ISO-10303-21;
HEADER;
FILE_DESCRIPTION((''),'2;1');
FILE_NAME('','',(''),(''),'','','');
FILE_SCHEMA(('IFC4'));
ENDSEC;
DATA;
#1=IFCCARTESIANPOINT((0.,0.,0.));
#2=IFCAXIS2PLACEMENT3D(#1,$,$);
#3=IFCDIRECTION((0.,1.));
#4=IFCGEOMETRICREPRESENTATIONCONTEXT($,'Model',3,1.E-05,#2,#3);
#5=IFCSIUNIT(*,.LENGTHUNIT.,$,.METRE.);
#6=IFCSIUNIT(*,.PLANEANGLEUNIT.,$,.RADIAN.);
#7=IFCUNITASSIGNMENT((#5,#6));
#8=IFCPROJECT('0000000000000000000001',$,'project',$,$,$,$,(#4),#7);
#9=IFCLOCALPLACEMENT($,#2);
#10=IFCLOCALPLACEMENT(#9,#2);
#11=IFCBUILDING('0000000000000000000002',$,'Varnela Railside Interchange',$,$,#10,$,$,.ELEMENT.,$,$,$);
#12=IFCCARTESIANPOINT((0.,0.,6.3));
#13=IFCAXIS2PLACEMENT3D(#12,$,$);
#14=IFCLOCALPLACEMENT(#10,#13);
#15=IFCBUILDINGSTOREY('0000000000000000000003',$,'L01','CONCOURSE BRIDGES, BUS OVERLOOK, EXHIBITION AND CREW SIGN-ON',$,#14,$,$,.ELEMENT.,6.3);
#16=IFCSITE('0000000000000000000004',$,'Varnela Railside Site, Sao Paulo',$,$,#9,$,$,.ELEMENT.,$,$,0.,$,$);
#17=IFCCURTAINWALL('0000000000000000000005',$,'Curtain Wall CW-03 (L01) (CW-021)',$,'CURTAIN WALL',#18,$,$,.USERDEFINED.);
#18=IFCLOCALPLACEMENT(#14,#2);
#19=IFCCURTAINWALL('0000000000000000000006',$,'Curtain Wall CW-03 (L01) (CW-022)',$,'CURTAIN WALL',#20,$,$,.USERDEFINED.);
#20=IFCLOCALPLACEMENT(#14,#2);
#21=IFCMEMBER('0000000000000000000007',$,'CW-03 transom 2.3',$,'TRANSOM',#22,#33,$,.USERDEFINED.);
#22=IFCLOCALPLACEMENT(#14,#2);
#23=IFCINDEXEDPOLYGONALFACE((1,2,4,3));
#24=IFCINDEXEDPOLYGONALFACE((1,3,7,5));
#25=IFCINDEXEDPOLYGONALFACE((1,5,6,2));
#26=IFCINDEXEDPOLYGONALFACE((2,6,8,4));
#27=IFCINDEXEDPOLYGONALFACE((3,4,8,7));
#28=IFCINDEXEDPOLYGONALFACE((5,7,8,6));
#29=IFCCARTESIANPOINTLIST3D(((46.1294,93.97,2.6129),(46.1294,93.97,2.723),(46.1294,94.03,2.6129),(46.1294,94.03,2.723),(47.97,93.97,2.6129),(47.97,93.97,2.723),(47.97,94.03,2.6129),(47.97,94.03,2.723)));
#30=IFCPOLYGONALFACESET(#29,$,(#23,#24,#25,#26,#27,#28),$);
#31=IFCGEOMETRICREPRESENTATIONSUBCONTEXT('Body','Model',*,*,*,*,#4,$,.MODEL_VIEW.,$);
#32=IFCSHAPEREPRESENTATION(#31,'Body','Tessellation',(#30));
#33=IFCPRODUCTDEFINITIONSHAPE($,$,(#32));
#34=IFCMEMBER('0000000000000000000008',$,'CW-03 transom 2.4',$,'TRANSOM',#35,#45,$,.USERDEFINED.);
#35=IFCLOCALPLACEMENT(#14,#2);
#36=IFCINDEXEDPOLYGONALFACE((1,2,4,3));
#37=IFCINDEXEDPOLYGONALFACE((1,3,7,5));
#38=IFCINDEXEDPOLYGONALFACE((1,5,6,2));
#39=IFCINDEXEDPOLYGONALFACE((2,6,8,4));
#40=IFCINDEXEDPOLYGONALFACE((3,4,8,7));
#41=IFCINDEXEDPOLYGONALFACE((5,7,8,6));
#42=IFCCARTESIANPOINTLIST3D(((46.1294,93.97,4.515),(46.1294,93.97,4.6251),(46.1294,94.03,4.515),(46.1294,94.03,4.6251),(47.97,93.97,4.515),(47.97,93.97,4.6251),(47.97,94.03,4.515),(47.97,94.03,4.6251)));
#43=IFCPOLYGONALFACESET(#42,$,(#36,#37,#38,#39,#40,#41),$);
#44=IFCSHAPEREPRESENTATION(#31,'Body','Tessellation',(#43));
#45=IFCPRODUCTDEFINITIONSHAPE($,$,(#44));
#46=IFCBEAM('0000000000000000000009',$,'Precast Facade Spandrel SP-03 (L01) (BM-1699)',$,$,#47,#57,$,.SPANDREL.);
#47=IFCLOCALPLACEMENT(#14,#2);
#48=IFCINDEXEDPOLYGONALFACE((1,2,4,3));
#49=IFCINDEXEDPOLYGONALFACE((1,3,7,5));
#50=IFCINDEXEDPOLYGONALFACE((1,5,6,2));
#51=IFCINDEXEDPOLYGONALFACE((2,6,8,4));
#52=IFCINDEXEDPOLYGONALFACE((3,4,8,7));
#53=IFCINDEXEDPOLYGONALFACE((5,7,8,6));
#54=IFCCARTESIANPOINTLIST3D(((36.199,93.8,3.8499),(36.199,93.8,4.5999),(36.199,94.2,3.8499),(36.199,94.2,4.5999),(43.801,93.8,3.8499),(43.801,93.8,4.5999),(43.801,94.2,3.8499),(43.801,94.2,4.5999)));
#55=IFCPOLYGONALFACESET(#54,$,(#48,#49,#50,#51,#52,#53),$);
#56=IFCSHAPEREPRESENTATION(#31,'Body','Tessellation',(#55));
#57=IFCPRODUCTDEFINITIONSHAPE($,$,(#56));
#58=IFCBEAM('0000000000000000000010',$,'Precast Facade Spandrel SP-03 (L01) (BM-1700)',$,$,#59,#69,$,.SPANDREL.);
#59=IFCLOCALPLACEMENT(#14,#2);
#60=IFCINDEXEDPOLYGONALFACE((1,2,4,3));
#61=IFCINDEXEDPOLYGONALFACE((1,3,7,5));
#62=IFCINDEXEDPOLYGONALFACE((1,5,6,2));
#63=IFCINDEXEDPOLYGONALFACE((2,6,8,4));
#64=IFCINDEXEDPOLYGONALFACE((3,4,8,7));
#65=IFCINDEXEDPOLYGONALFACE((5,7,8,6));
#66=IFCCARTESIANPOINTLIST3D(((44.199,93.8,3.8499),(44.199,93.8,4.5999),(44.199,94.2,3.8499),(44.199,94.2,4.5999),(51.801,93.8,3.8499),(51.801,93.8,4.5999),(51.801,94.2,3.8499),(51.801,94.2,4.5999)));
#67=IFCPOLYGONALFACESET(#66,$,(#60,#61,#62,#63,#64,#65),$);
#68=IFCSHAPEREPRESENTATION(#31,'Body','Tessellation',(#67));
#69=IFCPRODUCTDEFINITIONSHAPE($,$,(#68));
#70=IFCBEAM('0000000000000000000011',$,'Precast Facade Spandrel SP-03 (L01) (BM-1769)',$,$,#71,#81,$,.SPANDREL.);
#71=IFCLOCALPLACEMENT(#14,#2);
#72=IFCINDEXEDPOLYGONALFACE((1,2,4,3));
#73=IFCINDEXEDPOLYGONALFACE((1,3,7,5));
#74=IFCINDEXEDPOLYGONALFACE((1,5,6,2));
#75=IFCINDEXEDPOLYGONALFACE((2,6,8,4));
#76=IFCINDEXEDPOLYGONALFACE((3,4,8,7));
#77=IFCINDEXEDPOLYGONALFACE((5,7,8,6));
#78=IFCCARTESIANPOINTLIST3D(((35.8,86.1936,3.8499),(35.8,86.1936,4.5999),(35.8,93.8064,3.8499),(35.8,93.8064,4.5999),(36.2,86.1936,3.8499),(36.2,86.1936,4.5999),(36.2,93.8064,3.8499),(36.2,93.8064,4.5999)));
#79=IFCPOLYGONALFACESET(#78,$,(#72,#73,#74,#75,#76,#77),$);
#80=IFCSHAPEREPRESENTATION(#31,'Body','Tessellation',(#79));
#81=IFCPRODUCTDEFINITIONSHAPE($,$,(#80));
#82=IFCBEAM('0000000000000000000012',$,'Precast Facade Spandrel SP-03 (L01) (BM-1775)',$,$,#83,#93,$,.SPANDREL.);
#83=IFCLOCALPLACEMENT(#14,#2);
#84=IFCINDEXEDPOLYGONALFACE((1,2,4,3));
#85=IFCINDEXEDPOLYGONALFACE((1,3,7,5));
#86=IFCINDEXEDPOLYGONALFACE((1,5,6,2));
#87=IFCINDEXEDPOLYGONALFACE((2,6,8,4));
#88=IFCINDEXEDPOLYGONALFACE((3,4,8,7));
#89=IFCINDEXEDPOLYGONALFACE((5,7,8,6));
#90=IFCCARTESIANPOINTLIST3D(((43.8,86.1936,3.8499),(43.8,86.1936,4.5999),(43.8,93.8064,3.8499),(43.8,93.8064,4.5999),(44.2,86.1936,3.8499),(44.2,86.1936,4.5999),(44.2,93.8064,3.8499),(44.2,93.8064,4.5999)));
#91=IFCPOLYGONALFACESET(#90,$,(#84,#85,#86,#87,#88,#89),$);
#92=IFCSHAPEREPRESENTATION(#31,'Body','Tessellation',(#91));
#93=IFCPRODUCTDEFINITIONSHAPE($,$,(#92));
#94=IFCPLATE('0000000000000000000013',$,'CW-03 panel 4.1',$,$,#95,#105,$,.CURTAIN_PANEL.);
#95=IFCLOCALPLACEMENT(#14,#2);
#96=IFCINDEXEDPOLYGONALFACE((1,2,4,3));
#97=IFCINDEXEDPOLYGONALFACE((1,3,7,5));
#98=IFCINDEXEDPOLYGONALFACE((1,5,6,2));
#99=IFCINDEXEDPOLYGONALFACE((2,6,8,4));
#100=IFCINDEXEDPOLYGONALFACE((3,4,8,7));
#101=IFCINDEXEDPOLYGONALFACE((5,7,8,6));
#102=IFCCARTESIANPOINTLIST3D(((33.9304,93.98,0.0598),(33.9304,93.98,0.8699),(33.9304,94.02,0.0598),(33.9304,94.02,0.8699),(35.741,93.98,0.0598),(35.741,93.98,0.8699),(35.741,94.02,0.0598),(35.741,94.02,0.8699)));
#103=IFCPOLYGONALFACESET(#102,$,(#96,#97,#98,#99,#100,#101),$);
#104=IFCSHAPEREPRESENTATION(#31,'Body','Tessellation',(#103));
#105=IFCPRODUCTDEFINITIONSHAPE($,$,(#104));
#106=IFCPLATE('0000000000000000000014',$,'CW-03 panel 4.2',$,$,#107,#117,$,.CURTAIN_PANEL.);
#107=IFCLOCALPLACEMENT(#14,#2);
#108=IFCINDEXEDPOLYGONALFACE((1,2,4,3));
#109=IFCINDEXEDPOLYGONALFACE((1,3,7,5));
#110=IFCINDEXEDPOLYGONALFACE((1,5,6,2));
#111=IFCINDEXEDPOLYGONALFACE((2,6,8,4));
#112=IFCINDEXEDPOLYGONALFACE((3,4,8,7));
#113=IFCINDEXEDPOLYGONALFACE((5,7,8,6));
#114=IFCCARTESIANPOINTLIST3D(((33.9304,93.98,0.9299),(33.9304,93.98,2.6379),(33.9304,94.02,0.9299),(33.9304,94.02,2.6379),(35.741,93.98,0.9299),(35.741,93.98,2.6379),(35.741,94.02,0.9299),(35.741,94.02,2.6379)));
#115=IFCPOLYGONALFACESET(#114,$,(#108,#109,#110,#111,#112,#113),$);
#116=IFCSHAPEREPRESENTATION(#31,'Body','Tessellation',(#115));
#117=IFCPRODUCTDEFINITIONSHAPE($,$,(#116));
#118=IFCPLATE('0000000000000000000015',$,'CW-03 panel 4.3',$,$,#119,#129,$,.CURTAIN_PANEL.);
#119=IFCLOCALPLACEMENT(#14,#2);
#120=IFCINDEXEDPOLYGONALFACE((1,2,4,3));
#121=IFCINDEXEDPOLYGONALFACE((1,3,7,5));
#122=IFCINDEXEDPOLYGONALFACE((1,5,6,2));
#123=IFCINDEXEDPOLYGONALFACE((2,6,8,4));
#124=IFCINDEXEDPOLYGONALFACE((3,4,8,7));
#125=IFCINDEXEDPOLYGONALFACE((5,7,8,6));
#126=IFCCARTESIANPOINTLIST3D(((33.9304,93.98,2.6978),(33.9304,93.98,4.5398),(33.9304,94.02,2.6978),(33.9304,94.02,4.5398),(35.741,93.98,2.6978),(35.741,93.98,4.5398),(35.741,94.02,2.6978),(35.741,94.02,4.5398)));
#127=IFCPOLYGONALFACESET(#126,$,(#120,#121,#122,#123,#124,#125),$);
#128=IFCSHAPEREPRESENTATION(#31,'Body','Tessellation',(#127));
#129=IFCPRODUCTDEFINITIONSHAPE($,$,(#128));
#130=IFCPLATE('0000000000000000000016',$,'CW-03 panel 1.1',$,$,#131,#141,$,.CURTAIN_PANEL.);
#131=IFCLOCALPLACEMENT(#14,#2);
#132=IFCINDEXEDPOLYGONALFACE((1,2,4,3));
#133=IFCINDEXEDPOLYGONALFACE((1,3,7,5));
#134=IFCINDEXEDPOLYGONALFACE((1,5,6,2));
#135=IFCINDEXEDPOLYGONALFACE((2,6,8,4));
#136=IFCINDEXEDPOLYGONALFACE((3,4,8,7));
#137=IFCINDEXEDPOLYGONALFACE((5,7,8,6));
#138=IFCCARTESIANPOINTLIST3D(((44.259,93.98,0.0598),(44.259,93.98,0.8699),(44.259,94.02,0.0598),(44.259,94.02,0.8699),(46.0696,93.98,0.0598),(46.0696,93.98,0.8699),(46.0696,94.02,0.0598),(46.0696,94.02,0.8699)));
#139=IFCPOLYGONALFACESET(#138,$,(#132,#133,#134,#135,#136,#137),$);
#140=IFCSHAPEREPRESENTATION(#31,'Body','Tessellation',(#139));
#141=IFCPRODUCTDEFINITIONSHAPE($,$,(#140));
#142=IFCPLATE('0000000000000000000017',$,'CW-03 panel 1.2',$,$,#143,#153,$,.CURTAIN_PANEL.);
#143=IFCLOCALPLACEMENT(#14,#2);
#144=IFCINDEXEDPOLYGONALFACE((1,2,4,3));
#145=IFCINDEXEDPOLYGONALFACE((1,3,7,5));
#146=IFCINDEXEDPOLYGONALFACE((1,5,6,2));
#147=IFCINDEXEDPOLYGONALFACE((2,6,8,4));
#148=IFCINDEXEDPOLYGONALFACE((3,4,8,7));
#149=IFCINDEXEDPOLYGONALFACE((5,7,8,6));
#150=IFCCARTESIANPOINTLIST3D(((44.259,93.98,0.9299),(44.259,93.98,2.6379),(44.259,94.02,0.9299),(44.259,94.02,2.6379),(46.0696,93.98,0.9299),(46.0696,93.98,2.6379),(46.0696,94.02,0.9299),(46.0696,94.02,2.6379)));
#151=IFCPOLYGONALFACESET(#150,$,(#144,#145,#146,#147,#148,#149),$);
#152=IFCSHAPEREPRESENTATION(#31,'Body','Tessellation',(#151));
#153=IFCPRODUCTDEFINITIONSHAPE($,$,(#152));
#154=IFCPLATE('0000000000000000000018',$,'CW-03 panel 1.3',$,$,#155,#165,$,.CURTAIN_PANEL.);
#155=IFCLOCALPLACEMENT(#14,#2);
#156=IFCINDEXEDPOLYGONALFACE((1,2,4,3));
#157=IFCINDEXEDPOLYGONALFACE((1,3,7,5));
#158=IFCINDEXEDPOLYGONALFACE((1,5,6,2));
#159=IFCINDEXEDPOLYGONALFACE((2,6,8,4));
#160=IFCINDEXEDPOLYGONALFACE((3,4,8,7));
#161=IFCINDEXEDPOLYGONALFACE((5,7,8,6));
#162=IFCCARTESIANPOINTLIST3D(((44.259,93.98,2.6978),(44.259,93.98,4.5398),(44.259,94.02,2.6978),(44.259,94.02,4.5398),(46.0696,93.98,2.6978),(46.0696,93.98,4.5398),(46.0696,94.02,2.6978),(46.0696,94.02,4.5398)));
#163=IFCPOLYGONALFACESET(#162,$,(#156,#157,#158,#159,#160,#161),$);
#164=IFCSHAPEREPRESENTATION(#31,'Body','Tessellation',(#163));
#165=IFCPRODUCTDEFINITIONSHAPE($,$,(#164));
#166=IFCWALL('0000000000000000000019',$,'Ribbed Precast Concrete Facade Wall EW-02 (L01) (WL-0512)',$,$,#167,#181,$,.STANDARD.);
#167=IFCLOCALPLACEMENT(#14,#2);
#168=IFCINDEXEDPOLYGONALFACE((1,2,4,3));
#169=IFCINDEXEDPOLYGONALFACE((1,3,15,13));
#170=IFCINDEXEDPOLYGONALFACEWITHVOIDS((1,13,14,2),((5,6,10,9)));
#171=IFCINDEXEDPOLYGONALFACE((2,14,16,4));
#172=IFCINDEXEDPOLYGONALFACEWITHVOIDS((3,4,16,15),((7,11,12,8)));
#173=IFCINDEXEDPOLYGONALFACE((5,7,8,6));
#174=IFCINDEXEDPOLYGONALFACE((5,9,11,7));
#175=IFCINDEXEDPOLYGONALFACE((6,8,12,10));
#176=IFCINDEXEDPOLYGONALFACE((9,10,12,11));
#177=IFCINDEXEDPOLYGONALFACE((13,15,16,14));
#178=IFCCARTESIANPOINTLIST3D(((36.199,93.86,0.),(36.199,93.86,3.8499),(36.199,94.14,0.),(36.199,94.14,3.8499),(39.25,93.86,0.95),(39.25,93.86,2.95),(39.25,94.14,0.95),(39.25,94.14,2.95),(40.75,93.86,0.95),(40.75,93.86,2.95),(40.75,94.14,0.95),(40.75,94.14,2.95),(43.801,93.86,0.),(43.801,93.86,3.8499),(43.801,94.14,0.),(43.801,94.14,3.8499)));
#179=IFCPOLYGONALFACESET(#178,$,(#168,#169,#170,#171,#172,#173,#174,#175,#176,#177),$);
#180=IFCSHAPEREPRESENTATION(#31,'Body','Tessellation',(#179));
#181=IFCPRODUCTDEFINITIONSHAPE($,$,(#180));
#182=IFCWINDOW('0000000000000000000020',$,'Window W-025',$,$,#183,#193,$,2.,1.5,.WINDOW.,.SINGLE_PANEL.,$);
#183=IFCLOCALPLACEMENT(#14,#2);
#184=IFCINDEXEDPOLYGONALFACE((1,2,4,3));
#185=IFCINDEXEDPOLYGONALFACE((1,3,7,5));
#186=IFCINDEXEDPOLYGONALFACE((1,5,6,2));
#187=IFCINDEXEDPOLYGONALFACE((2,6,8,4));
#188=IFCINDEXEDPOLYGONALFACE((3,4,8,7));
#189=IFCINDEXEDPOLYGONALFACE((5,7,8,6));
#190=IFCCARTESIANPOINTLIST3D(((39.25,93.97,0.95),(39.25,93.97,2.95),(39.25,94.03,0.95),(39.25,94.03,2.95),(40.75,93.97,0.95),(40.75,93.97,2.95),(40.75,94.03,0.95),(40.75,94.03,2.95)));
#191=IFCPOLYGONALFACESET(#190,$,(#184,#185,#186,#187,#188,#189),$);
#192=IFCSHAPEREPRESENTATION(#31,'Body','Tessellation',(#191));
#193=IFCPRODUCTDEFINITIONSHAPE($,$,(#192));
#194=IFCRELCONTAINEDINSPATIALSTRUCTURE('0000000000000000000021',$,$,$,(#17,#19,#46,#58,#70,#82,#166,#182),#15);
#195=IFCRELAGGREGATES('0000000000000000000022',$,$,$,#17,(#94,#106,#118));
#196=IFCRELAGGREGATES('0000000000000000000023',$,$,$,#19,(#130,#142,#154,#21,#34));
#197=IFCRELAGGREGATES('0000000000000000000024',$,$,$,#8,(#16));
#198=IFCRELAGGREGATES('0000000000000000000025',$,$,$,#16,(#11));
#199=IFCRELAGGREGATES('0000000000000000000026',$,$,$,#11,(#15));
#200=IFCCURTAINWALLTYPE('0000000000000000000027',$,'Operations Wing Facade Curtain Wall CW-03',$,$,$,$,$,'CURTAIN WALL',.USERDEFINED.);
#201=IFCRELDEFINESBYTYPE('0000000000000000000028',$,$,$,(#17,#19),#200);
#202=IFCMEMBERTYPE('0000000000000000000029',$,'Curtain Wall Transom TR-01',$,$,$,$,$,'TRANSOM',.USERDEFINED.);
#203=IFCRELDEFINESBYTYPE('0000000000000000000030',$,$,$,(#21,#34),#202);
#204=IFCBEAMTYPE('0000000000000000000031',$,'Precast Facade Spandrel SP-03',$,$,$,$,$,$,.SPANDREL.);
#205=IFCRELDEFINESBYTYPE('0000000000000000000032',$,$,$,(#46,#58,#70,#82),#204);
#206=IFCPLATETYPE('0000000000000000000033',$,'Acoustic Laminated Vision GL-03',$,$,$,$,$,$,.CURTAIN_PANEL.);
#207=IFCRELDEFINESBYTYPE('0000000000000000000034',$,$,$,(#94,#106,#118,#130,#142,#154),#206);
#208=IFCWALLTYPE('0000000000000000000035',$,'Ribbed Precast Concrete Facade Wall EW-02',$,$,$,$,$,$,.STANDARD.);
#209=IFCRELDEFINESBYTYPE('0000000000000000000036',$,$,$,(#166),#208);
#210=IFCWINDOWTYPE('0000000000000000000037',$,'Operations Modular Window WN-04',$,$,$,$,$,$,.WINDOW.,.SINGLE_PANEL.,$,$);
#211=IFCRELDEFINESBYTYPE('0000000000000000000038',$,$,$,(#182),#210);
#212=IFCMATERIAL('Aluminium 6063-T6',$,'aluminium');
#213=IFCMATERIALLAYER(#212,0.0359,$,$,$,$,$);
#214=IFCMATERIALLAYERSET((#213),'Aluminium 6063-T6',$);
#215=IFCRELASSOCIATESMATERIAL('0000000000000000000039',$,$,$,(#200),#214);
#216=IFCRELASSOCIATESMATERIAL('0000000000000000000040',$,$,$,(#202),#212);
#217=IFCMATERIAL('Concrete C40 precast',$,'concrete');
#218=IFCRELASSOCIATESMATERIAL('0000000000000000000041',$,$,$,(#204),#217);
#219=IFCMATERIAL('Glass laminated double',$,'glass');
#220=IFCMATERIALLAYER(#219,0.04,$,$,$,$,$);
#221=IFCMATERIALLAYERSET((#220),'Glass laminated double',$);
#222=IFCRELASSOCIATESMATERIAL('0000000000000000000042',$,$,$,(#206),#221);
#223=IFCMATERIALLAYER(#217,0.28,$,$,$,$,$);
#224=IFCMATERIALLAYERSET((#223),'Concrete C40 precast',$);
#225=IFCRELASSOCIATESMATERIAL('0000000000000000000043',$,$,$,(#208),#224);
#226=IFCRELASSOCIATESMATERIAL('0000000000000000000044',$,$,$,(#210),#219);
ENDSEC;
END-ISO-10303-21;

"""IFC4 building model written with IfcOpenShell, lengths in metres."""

from ifc_helpers import new_model, si_unit, direction, frame, frame_2d, origin, origin_2d, place, context, subcontext, project, spatial, rectangle, extrude, material, layer, layer_set, material_profile, profile_set, type_object, element, fill, aggregate, save


model = new_model("IFC4")

# Units and contexts
model_context = context("Model", 3, precision=1e-05, world=origin(), true_north=direction((0.0, 1.0)))
body_context = subcontext(model_context, "Body", "Model", "MODEL_VIEW")
ifc_project = project(units=[si_unit("LENGTHUNIT", "METRE"), si_unit("PLANEANGLEUNIT", "RADIAN")], contexts=[model_context])

# Site, building, storey
site_placement = place(None, origin())
site = spatial("IfcSite", under=ifc_project, at=site_placement, Name="Varnela Railside Site, Sao Paulo", CompositionType="ELEMENT", RefElevation=0.0)
building_placement = place(site_placement, origin())
building = spatial("IfcBuilding", under=site, at=building_placement, Name="Varnela Railside Interchange", CompositionType="ELEMENT")
storey_placement = place(building_placement, frame((0.0, 0.0, 6.3)))
storey = spatial("IfcBuildingStorey", under=building, at=storey_placement, Name="L01", Description="CONCOURSE BRIDGES, BUS OVERLOOK, EXHIBITION AND CREW SIGN-ON", CompositionType="ELEMENT", Elevation=6.3)

# Curtain wall
ifc_material_1 = material(Name="Aluminium 6063-T6", Category="aluminium")
ifc_layer_1 = layer(ifc_material_1, 0.0359)
ifc_layer_set_1 = layer_set([ifc_layer_1], Name="Aluminium 6063-T6")
curtain_wall_type = type_object("IfcCurtainWallType", Name="Operations Wing Facade Curtain Wall CW-03", ElementType="CURTAIN WALL", PredefinedType="USERDEFINED", material=ifc_layer_set_1)
curtain_wall_1_placement = place(storey_placement, origin())
curtain_wall_1 = element("IfcCurtainWall", 1, at=curtain_wall_1_placement, inside=storey, type_object=curtain_wall_type, Name="Curtain Wall CW-03 (L01) (CW-021)", ObjectType="CURTAIN WALL", PredefinedType="USERDEFINED")

# Curtain wall
curtain_wall_2_placement = place(storey_placement, origin())
curtain_wall_2 = element("IfcCurtainWall", 2, at=curtain_wall_2_placement, inside=storey, type_object=curtain_wall_type, Name="Curtain Wall CW-03 (L01) (CW-022)", ObjectType="CURTAIN WALL", PredefinedType="USERDEFINED")

# Members
ifc_material_profile_1 = material_profile(ifc_material_1, rectangle(XDim=0.0601, YDim=0.1101, at=origin_2d()), Name="ALU 60x110")
ifc_profile_set_1 = profile_set([ifc_material_profile_1], Name="Aluminium 6063-T6")
member_type_1 = type_object("IfcMemberType", Name="Curtain Wall Transom TR-01", ElementType="TRANSOM", PredefinedType="USERDEFINED", material=ifc_profile_set_1)
member_1_placement = place(storey_placement, frame((46.1294, 94.0, 2.668), z_axis=(1.0, 0.0, 0.0), x_axis=(0.0, 1.0, 0.0)))
member_1 = element("IfcMember", 3, at=member_1_placement, type_object=member_type_1, Name="CW-03 transom 2.3", ObjectType="TRANSOM", PredefinedType="USERDEFINED", context=body_context, shape_type="SweptSolid", body=[
    extrude(rectangle(XDim=0.0601, YDim=0.1101, at=origin_2d()), origin(), (0.0, 0.0, 1.0), 1.8406),
])
member_2_placement = place(storey_placement, frame((46.1294, 94.0, 4.5701), z_axis=(1.0, 0.0, 0.0), x_axis=(0.0, 1.0, 0.0)))
member_2 = element("IfcMember", 4, at=member_2_placement, type_object=member_type_1, Name="CW-03 transom 2.4", ObjectType="TRANSOM", PredefinedType="USERDEFINED", context=body_context, shape_type="SweptSolid", body=[
    extrude(rectangle(XDim=0.0601, YDim=0.1101, at=origin_2d()), origin(), (0.0, 0.0, 1.0), 1.8406),
])

# Beams
ifc_material_2 = material(Name="Concrete C40 precast", Category="concrete")
ifc_material_profile_2 = material_profile(ifc_material_2, rectangle(XDim=0.3999, YDim=0.75, at=origin_2d()), Name="PC 400x750")
ifc_profile_set_2 = profile_set([ifc_material_profile_2], Name="Concrete C40 precast")
beam_type = type_object("IfcBeamType", Name="Precast Facade Spandrel SP-03", PredefinedType="SPANDREL", material=ifc_profile_set_2)
for number, where, z_axis, x_axis, name in (
    (5, (36.199, 94.0, 4.2249), (1.0, 0.0, 0.0), (0.0, 1.0, 0.0), "Precast Facade Spandrel SP-03 (L01) (BM-1699)"),
    (6, (44.199, 94.0, 4.2249), (1.0, 0.0, 0.0), (0.0, 1.0, 0.0), "Precast Facade Spandrel SP-03 (L01) (BM-1700)"),
):
    element("IfcBeam", number, at=place(storey_placement, frame(where, z_axis=z_axis, x_axis=x_axis)), inside=storey, type_object=beam_type, Name=name, PredefinedType="SPANDREL", context=body_context, shape_type="SweptSolid", body=[
        extrude(rectangle(XDim=0.3999, YDim=0.75, at=origin_2d()), origin(), (0.0, 0.0, 1.0), 7.6021),
    ])
for number, where, z_axis, x_axis, name in (
    (7, (36.0, 86.1936, 4.2249), (0.0, 1.0, 0.0), (-1.0, 0.0, 0.0), "Precast Facade Spandrel SP-03 (L01) (BM-1769)"),
    (8, (44.0, 86.1936, 4.2249), (0.0, 1.0, 0.0), (-1.0, 0.0, 0.0), "Precast Facade Spandrel SP-03 (L01) (BM-1775)"),
):
    element("IfcBeam", number, at=place(storey_placement, frame(where, z_axis=z_axis, x_axis=x_axis)), inside=storey, type_object=beam_type, Name=name, PredefinedType="SPANDREL", context=body_context, shape_type="SweptSolid", body=[
        extrude(rectangle(XDim=0.3999, YDim=0.75, at=origin_2d()), origin(), (0.0, 0.0, 1.0), 7.6128),
    ])

# Plates
ifc_material_3 = material(Name="Glass laminated double", Category="glass")
ifc_layer_2 = layer(ifc_material_3, 0.04)
ifc_layer_set_2 = layer_set([ifc_layer_2], Name="Glass laminated double")
plate_type = type_object("IfcPlateType", Name="Acoustic Laminated Vision GL-03", PredefinedType="CURTAIN_PANEL", material=ifc_layer_set_2)
plate_1_placement = place(storey_placement, frame((34.8357, 94.0, 0.0598), z_axis=(0.0, 0.0, 1.0), x_axis=(1.0, 0.0, 0.0)))
plate_1 = element("IfcPlate", 9, at=plate_1_placement, type_object=plate_type, Name="CW-03 panel 4.1", PredefinedType="CURTAIN_PANEL", context=body_context, shape_type="SweptSolid", body=[
    extrude(rectangle(XDim=1.8105, YDim=0.04, at=origin_2d()), origin(), (0.0, 0.0, 1.0), 0.8101),
])
plate_2_placement = place(storey_placement, frame((34.8357, 94.0, 0.9299), z_axis=(0.0, 0.0, 1.0), x_axis=(1.0, 0.0, 0.0)))
plate_2 = element("IfcPlate", 10, at=plate_2_placement, type_object=plate_type, Name="CW-03 panel 4.2", PredefinedType="CURTAIN_PANEL", context=body_context, shape_type="SweptSolid", body=[
    extrude(rectangle(XDim=1.8105, YDim=0.04, at=origin_2d()), origin(), (0.0, 0.0, 1.0), 1.708),
])
plate_3_placement = place(storey_placement, frame((34.8357, 94.0, 2.6978), z_axis=(0.0, 0.0, 1.0), x_axis=(1.0, 0.0, 0.0)))
plate_3 = element("IfcPlate", 11, at=plate_3_placement, type_object=plate_type, Name="CW-03 panel 4.3", PredefinedType="CURTAIN_PANEL", context=body_context, shape_type="SweptSolid", body=[
    extrude(rectangle(XDim=1.8105, YDim=0.04, at=origin_2d()), origin(), (0.0, 0.0, 1.0), 1.842),
])
aggregate(curtain_wall_1, [plate_1, plate_2, plate_3])
plate_4_placement = place(storey_placement, frame((45.1643, 94.0, 0.0598), z_axis=(0.0, 0.0, 1.0), x_axis=(1.0, 0.0, 0.0)))
plate_4 = element("IfcPlate", 12, at=plate_4_placement, type_object=plate_type, Name="CW-03 panel 1.1", PredefinedType="CURTAIN_PANEL", context=body_context, shape_type="SweptSolid", body=[
    extrude(rectangle(XDim=1.8105, YDim=0.04, at=origin_2d()), origin(), (0.0, 0.0, 1.0), 0.8101),
])
plate_5_placement = place(storey_placement, frame((45.1643, 94.0, 0.9299), z_axis=(0.0, 0.0, 1.0), x_axis=(1.0, 0.0, 0.0)))
plate_5 = element("IfcPlate", 13, at=plate_5_placement, type_object=plate_type, Name="CW-03 panel 1.2", PredefinedType="CURTAIN_PANEL", context=body_context, shape_type="SweptSolid", body=[
    extrude(rectangle(XDim=1.8105, YDim=0.04, at=origin_2d()), origin(), (0.0, 0.0, 1.0), 1.708),
])
plate_6_placement = place(storey_placement, frame((45.1643, 94.0, 2.6978), z_axis=(0.0, 0.0, 1.0), x_axis=(1.0, 0.0, 0.0)))
plate_6 = element("IfcPlate", 14, at=plate_6_placement, type_object=plate_type, Name="CW-03 panel 1.3", PredefinedType="CURTAIN_PANEL", context=body_context, shape_type="SweptSolid", body=[
    extrude(rectangle(XDim=1.8105, YDim=0.04, at=origin_2d()), origin(), (0.0, 0.0, 1.0), 1.842),
])
aggregate(curtain_wall_2, [plate_4, plate_5, plate_6, member_1, member_2])

# Wall, opening, window
ifc_layer_3 = layer(ifc_material_2, 0.28)
ifc_layer_set_3 = layer_set([ifc_layer_3], Name="Concrete C40 precast")
wall_type = type_object("IfcWallType", Name="Ribbed Precast Concrete Facade Wall EW-02", PredefinedType="STANDARD", material=ifc_layer_set_3)
wall_placement = place(storey_placement, frame((36.199, 94.0, 0.0), z_axis=(0.0, 0.0, 1.0), x_axis=(1.0, 0.0, 0.0)))
wall = element("IfcWall", 15, at=wall_placement, inside=storey, type_object=wall_type, Name="Ribbed Precast Concrete Facade Wall EW-02 (L01) (WL-0512)", PredefinedType="STANDARD", context=body_context, shape_type="SweptSolid", body=[
    extrude(rectangle(XDim=7.6021, YDim=0.28, at=frame_2d((3.801, 0.0))), origin(), (0.0, 0.0, 1.0), 3.8499),
])
opening_placement = place(wall_placement, frame((3.051, 0.0, 0.95)))
opening = element("IfcOpeningElement", 16, at=opening_placement, cuts=wall, PredefinedType="OPENING", context=body_context, shape_type="SweptSolid", body=[
    extrude(rectangle(XDim=1.5, YDim=2.0, at=frame_2d((0.75, 1.0))), frame((0.0, 0.1499, 0.0), z_axis=(0.0, -1.0, 0.0), x_axis=(1.0, 0.0, 0.0)), (0.0, 0.0, 1.0), 0.3),
])
window_type = type_object("IfcWindowType", Name="Operations Modular Window WN-04", PartitioningType="SINGLE_PANEL", PredefinedType="WINDOW", material=ifc_material_3)
window_placement = place(opening_placement, origin())
window = element("IfcWindow", 17, at=window_placement, inside=storey, type_object=window_type, Name="Window W-025", OverallHeight=2.0, OverallWidth=1.5, PartitioningType="SINGLE_PANEL", PredefinedType="WINDOW", context=body_context, shape_type="SweptSolid", body=[
    extrude(rectangle(XDim=1.5, YDim=2.0, at=frame_2d((0.75, 1.0))), frame((0.0, 0.03, 0.0), z_axis=(0.0, -1.0, 0.0), x_axis=(1.0, 0.0, 0.0)), (0.0, 0.0, 1.0), 0.0601),
])
fill(opening, window)

save(model, "model.ifc")
